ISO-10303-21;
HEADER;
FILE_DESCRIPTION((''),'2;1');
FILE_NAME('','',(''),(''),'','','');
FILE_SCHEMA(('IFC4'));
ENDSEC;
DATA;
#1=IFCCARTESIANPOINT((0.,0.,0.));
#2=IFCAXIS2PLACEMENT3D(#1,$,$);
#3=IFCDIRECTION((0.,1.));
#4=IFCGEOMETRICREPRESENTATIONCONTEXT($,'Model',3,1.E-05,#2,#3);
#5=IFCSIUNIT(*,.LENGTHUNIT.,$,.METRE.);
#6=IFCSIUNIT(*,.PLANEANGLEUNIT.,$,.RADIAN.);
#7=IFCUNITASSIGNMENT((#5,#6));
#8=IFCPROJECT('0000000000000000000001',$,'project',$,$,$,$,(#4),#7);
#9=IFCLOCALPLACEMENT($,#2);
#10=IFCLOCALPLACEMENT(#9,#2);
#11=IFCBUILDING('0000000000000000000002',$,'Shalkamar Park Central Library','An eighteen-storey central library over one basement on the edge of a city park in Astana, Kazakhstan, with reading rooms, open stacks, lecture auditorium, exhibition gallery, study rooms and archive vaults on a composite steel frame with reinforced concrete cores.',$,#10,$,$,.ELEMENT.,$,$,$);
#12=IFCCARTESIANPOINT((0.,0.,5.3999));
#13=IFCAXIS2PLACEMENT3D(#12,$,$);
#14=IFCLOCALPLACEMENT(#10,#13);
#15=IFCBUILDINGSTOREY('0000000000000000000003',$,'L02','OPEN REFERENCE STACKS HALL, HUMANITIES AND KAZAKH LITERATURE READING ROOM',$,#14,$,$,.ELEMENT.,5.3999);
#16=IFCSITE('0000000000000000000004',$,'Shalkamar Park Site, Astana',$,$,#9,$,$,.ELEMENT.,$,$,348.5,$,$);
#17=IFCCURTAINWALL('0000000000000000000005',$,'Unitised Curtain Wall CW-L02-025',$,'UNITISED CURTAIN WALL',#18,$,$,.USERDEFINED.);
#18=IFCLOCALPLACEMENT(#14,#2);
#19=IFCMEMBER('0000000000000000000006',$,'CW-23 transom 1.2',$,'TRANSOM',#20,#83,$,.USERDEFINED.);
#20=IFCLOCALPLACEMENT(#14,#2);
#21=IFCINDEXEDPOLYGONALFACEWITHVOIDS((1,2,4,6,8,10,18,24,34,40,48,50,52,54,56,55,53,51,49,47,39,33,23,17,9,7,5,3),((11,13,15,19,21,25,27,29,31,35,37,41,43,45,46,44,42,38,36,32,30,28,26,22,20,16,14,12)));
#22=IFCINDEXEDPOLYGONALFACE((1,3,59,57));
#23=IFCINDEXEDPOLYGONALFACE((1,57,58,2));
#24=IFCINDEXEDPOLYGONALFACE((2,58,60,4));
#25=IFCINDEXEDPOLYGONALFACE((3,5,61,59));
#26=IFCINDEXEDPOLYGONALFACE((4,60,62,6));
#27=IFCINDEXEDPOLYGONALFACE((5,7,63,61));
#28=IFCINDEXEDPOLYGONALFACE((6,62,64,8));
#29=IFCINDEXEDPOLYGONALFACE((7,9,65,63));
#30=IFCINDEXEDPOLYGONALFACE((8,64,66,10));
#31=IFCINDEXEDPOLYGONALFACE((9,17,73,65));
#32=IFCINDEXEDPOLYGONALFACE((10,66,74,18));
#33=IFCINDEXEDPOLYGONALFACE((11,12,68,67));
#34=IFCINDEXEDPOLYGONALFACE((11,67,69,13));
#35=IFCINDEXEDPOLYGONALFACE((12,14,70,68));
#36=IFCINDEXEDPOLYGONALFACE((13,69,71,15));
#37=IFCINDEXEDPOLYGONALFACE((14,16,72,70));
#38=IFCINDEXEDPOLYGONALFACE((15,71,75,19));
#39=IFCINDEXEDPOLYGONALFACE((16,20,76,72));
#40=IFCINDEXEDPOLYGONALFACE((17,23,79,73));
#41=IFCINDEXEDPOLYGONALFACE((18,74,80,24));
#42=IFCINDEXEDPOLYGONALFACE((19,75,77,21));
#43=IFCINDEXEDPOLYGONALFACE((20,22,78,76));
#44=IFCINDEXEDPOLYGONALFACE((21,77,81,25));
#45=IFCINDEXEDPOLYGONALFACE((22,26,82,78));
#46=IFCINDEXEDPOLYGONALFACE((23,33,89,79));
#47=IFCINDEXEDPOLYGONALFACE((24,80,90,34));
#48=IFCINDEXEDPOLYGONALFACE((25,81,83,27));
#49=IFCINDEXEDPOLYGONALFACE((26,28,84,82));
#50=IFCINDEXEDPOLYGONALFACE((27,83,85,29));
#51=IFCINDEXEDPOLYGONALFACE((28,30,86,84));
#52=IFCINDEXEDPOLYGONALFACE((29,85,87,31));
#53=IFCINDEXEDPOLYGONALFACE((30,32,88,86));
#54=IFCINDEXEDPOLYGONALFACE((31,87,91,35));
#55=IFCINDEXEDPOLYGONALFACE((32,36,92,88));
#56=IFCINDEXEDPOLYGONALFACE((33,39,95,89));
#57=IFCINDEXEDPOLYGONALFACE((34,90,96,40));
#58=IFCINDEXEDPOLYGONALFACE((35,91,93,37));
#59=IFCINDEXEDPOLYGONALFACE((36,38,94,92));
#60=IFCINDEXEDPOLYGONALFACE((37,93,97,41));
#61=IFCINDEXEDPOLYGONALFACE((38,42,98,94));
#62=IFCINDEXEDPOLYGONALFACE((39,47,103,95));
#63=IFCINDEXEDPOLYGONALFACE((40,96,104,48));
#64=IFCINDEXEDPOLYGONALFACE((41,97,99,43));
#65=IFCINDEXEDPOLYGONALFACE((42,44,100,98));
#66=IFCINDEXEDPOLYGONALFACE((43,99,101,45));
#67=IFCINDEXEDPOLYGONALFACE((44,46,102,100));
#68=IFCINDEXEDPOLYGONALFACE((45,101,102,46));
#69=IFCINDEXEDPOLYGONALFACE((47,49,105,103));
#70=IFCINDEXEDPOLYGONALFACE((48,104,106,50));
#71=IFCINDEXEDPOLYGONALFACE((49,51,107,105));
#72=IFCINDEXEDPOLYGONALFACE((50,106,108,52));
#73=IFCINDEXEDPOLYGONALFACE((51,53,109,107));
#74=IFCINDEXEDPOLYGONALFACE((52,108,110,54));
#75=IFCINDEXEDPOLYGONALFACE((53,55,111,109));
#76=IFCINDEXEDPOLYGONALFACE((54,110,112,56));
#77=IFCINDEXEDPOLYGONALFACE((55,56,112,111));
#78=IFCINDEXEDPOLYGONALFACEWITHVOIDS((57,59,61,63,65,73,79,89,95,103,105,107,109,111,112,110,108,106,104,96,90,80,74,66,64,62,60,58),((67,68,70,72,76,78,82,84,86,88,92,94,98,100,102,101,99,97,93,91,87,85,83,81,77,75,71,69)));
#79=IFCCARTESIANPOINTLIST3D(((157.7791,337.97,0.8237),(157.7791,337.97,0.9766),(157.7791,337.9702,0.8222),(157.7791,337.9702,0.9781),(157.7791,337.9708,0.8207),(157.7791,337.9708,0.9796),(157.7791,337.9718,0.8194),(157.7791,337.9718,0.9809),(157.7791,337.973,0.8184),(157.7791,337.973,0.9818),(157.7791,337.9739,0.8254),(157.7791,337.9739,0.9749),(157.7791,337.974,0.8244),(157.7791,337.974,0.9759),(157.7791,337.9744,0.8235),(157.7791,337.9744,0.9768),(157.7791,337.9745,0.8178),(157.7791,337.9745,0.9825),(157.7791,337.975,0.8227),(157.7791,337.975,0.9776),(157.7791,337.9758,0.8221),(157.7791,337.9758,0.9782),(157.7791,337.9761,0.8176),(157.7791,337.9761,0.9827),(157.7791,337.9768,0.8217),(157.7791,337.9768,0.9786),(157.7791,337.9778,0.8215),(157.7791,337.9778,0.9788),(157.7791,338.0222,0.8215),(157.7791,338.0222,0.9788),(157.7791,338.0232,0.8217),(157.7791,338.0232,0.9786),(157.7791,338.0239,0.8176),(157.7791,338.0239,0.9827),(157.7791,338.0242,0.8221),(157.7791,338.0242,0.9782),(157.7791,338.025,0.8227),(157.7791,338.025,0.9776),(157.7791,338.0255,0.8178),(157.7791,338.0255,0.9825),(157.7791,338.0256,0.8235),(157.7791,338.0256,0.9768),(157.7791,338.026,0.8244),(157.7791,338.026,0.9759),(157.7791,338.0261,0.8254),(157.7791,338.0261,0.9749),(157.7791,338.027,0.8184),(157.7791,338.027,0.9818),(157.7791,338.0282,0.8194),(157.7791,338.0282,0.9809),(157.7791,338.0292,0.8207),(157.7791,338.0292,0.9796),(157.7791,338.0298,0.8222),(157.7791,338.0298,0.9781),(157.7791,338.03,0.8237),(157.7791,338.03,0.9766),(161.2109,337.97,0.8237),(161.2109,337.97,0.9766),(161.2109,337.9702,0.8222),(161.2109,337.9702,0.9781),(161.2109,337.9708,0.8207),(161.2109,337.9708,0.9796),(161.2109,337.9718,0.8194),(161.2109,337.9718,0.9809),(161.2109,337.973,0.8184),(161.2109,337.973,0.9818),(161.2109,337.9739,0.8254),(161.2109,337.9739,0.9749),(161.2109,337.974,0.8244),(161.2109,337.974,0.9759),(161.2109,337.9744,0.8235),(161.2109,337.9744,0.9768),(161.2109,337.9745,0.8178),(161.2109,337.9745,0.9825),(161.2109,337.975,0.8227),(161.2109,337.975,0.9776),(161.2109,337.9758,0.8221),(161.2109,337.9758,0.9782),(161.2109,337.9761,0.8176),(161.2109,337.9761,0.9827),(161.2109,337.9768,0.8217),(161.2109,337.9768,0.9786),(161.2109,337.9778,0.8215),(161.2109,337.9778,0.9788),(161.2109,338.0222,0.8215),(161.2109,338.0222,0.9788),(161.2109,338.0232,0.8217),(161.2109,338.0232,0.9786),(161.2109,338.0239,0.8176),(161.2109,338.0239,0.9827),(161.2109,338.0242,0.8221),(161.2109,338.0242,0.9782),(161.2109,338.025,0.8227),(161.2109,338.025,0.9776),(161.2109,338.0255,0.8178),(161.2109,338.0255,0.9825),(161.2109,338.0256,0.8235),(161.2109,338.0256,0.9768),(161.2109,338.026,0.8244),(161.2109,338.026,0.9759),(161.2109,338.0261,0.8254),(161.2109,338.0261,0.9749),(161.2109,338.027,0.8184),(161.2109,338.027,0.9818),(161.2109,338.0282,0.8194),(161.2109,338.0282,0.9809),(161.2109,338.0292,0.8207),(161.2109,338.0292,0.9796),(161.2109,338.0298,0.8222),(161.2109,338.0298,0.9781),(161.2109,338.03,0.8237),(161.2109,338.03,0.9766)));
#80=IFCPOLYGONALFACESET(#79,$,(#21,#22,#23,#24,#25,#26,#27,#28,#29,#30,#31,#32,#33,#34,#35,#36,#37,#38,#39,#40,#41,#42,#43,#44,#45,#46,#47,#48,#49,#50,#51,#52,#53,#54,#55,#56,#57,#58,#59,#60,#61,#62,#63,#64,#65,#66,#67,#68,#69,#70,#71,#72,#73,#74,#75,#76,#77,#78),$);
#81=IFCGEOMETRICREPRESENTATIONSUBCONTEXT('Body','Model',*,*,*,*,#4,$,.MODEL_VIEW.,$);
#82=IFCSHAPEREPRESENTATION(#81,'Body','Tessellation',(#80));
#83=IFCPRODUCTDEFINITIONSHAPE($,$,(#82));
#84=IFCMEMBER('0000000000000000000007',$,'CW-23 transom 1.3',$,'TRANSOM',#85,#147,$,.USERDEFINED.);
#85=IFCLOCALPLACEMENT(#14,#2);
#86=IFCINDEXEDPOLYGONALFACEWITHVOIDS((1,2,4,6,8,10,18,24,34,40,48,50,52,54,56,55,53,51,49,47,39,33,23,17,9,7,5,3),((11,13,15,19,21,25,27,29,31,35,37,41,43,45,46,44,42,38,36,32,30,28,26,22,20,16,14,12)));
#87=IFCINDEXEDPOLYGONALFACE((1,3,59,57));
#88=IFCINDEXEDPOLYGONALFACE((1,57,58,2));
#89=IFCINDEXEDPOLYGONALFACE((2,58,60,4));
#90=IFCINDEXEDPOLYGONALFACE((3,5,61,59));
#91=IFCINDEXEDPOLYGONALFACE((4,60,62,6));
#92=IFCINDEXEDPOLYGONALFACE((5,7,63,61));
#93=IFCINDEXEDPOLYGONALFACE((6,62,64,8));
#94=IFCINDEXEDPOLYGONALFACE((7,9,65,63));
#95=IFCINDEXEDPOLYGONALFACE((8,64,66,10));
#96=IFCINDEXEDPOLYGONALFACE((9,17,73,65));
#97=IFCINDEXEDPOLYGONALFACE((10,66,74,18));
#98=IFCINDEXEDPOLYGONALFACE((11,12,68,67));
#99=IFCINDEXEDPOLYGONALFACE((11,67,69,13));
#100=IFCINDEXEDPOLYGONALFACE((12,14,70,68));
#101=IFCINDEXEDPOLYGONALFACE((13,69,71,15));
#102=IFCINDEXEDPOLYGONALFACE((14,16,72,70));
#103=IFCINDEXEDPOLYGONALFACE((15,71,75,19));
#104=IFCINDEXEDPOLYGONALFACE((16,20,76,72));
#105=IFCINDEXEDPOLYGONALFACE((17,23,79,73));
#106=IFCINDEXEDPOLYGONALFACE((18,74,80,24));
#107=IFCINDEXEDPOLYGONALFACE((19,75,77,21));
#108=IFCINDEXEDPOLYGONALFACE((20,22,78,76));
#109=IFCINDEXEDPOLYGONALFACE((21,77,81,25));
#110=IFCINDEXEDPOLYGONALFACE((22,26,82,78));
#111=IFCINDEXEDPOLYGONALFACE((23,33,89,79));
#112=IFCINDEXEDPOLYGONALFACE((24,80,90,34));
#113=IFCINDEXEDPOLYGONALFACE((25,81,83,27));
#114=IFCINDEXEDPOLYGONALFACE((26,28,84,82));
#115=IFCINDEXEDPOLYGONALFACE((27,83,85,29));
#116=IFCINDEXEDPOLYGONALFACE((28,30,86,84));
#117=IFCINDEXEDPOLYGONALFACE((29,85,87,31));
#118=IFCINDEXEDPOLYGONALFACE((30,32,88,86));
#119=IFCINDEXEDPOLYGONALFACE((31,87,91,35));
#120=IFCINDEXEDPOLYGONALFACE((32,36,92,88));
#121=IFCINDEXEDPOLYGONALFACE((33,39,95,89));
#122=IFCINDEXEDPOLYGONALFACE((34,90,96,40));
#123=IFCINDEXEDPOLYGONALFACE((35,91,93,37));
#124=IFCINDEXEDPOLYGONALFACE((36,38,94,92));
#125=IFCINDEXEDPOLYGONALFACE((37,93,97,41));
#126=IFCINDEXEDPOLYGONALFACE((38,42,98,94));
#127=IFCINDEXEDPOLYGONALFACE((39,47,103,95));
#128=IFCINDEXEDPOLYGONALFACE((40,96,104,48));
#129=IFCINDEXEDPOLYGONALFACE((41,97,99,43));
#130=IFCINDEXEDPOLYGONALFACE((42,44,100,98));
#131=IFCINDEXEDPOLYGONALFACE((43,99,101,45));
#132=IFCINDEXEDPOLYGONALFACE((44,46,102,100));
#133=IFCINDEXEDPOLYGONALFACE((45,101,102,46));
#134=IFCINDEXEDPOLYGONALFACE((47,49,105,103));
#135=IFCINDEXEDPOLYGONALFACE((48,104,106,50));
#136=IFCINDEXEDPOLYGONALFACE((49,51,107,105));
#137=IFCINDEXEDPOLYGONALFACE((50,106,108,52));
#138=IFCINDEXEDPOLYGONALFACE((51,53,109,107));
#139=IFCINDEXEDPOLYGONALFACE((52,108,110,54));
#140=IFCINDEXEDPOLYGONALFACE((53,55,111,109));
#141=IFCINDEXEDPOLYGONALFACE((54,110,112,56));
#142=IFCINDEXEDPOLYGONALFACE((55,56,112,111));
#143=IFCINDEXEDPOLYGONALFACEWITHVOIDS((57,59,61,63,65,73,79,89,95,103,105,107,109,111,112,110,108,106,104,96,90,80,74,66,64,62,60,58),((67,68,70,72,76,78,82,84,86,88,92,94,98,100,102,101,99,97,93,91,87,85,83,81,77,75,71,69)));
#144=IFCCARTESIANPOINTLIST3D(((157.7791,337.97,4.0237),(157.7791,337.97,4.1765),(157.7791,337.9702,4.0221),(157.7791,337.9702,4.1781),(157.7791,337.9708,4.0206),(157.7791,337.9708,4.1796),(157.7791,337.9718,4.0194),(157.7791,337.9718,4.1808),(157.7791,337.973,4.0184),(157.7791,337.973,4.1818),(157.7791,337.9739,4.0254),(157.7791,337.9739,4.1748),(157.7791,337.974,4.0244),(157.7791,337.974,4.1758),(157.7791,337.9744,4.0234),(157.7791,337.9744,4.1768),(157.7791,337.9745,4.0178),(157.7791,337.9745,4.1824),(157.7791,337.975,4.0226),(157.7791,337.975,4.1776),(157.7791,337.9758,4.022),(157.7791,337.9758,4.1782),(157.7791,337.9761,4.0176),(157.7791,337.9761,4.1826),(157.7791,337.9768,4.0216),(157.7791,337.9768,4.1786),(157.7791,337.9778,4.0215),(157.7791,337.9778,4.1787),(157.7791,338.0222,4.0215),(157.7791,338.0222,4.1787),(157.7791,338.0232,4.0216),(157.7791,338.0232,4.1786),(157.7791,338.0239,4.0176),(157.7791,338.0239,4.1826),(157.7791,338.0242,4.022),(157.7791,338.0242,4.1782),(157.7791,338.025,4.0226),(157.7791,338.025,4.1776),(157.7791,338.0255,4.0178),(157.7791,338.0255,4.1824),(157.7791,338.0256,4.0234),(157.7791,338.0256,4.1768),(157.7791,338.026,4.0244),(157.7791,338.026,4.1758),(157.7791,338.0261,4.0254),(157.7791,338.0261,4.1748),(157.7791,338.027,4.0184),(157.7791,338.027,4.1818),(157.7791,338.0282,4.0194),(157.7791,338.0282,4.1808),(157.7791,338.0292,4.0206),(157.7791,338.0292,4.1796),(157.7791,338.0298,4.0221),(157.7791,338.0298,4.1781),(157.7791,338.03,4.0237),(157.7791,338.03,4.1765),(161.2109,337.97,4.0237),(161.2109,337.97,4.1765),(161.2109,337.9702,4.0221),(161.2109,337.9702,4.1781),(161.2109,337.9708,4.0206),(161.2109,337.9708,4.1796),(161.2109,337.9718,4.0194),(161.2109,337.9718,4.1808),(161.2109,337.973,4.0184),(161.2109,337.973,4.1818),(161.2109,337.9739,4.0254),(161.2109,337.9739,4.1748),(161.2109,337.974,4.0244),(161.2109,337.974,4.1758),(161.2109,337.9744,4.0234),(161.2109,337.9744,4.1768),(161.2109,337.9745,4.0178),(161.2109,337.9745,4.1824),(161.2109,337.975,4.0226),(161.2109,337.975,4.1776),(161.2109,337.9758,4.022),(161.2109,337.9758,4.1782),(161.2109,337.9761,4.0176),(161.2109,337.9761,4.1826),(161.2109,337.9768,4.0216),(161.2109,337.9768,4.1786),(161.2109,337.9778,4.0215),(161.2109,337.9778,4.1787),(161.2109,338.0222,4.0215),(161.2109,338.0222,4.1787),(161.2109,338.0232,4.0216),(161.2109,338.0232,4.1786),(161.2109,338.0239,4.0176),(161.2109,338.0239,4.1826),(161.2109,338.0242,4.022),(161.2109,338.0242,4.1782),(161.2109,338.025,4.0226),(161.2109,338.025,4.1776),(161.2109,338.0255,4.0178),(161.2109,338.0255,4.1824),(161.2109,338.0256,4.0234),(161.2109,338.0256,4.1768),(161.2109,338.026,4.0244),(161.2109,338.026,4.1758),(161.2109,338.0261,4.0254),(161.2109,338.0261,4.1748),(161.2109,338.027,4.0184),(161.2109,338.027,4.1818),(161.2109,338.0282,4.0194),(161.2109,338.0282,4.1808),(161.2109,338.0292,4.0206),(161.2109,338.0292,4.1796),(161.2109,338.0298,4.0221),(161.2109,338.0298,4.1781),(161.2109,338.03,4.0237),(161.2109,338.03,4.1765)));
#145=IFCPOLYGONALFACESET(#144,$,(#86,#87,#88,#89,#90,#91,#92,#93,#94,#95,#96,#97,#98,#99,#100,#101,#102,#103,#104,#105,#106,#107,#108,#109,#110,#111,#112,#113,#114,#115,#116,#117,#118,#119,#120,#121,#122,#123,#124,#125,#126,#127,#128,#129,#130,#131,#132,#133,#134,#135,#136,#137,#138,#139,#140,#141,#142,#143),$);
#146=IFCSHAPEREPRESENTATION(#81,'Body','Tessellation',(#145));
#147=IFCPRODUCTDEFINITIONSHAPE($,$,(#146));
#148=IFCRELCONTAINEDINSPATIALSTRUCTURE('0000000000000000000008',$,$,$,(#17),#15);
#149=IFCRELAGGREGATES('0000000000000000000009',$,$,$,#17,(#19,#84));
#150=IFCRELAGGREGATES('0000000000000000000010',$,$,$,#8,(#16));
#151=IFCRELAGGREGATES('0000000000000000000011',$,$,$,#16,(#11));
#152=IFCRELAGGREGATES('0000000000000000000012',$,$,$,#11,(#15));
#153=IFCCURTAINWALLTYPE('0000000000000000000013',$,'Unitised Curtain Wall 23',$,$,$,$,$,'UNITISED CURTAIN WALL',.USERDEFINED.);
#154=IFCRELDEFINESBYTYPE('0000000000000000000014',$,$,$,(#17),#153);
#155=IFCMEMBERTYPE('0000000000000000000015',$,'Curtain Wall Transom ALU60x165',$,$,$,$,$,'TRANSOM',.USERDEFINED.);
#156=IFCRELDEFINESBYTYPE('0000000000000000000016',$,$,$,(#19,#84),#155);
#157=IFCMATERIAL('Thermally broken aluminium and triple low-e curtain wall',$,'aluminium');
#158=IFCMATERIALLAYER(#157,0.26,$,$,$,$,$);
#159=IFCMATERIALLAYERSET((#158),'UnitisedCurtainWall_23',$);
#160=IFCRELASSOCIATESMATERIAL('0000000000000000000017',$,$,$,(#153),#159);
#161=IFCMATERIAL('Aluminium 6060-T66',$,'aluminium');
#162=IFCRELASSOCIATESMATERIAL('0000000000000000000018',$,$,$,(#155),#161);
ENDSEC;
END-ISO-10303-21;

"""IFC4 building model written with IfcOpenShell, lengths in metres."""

from ifc_helpers import new_model, si_unit, direction, frame, origin, origin_2d, place, context, subcontext, project, spatial, hollow_rectangle, extrude, material, layer, layer_set, material_profile, profile_set, type_object, element, aggregate, save


model = new_model("IFC4")

# Units and contexts
model_context = context("Model", 3, precision=1e-05, world=origin(), true_north=direction((0.0, 1.0)))
body_context = subcontext(model_context, "Body", "Model", "MODEL_VIEW")
ifc_project = project(units=[si_unit("LENGTHUNIT", "METRE"), si_unit("PLANEANGLEUNIT", "RADIAN")], contexts=[model_context])

# Site, building, storey
site_placement = place(None, origin())
site = spatial("IfcSite", under=ifc_project, at=site_placement, Name="Shalkamar Park Site, Astana", CompositionType="ELEMENT", RefElevation=348.5)
building_placement = place(site_placement, origin())
building = spatial("IfcBuilding", under=site, at=building_placement, Name="Shalkamar Park Central Library", Description="An eighteen-storey central library over one basement on the edge of a city park in Astana, Kazakhstan, with reading rooms, open stacks, lecture auditorium, exhibition gallery, study rooms and archive vaults on a composite steel frame with reinforced concrete cores.", CompositionType="ELEMENT")
storey_placement = place(building_placement, frame((0.0, 0.0, 5.3999)))
storey = spatial("IfcBuildingStorey", under=building, at=storey_placement, Name="L02", Description="OPEN REFERENCE STACKS HALL, HUMANITIES AND KAZAKH LITERATURE READING ROOM", CompositionType="ELEMENT", Elevation=5.3999)

# Curtain wall
ifc_material_1 = material(Name="Thermally broken aluminium and triple low-e curtain wall", Category="aluminium")
ifc_layer_1 = layer(ifc_material_1, 0.26)
ifc_layer_set_1 = layer_set([ifc_layer_1], Name="UnitisedCurtainWall_23")
curtain_wall_type_1 = type_object("IfcCurtainWallType", Name="Unitised Curtain Wall 23", ElementType="UNITISED CURTAIN WALL", PredefinedType="USERDEFINED", material=ifc_layer_set_1)
curtain_wall_1_placement = place(storey_placement, origin())
curtain_wall_1 = element("IfcCurtainWall", 1, at=curtain_wall_1_placement, inside=storey, type_object=curtain_wall_type_1, Name="Unitised Curtain Wall CW-L02-025", ObjectType="UNITISED CURTAIN WALL", PredefinedType="USERDEFINED")
ifc_material_2 = material(Name="Aluminium 6060-T66", Category="aluminium")

# Members
ifc_material_profile_1 = material_profile(ifc_material_2, hollow_rectangle(XDim=0.0601, YDim=0.165, WallThickness=0.0039, InnerFilletRadius=0.0039, OuterFilletRadius=0.0061, at=origin_2d()), Name="ALU 60x165x4")
ifc_profile_set_1 = profile_set([ifc_material_profile_1], Name="Aluminium 6060-T66")
member_type_1 = type_object("IfcMemberType", Name="Curtain Wall Transom ALU60x165", ElementType="TRANSOM", PredefinedType="USERDEFINED", material=ifc_profile_set_1)
member_1_placement = place(storey_placement, frame((157.7791, 338.0, 0.9001), z_axis=(1.0, 0.0, 0.0), x_axis=(0.0, 1.0, 0.0)))
member_1 = element("IfcMember", 2, at=member_1_placement, type_object=member_type_1, Name="CW-23 transom 1.2", ObjectType="TRANSOM", PredefinedType="USERDEFINED", context=body_context, shape_type="SweptSolid", body=[
    extrude(hollow_rectangle(XDim=0.0601, YDim=0.165, WallThickness=0.0039, InnerFilletRadius=0.0039, OuterFilletRadius=0.0061, at=origin_2d()), origin(), (0.0, 0.0, 1.0), 3.4319),
])
member_2_placement = place(storey_placement, frame((157.7791, 338.0, 4.1001), z_axis=(1.0, 0.0, 0.0), x_axis=(0.0, 1.0, 0.0)))
member_2 = element("IfcMember", 3, at=member_2_placement, type_object=member_type_1, Name="CW-23 transom 1.3", ObjectType="TRANSOM", PredefinedType="USERDEFINED", context=body_context, shape_type="SweptSolid", body=[
    extrude(hollow_rectangle(XDim=0.0601, YDim=0.165, WallThickness=0.0039, InnerFilletRadius=0.0039, OuterFilletRadius=0.0061, at=origin_2d()), origin(), (0.0, 0.0, 1.0), 3.4319),
])

aggregate(curtain_wall_1, [member_1, member_2])

save(model, "model.ifc")
